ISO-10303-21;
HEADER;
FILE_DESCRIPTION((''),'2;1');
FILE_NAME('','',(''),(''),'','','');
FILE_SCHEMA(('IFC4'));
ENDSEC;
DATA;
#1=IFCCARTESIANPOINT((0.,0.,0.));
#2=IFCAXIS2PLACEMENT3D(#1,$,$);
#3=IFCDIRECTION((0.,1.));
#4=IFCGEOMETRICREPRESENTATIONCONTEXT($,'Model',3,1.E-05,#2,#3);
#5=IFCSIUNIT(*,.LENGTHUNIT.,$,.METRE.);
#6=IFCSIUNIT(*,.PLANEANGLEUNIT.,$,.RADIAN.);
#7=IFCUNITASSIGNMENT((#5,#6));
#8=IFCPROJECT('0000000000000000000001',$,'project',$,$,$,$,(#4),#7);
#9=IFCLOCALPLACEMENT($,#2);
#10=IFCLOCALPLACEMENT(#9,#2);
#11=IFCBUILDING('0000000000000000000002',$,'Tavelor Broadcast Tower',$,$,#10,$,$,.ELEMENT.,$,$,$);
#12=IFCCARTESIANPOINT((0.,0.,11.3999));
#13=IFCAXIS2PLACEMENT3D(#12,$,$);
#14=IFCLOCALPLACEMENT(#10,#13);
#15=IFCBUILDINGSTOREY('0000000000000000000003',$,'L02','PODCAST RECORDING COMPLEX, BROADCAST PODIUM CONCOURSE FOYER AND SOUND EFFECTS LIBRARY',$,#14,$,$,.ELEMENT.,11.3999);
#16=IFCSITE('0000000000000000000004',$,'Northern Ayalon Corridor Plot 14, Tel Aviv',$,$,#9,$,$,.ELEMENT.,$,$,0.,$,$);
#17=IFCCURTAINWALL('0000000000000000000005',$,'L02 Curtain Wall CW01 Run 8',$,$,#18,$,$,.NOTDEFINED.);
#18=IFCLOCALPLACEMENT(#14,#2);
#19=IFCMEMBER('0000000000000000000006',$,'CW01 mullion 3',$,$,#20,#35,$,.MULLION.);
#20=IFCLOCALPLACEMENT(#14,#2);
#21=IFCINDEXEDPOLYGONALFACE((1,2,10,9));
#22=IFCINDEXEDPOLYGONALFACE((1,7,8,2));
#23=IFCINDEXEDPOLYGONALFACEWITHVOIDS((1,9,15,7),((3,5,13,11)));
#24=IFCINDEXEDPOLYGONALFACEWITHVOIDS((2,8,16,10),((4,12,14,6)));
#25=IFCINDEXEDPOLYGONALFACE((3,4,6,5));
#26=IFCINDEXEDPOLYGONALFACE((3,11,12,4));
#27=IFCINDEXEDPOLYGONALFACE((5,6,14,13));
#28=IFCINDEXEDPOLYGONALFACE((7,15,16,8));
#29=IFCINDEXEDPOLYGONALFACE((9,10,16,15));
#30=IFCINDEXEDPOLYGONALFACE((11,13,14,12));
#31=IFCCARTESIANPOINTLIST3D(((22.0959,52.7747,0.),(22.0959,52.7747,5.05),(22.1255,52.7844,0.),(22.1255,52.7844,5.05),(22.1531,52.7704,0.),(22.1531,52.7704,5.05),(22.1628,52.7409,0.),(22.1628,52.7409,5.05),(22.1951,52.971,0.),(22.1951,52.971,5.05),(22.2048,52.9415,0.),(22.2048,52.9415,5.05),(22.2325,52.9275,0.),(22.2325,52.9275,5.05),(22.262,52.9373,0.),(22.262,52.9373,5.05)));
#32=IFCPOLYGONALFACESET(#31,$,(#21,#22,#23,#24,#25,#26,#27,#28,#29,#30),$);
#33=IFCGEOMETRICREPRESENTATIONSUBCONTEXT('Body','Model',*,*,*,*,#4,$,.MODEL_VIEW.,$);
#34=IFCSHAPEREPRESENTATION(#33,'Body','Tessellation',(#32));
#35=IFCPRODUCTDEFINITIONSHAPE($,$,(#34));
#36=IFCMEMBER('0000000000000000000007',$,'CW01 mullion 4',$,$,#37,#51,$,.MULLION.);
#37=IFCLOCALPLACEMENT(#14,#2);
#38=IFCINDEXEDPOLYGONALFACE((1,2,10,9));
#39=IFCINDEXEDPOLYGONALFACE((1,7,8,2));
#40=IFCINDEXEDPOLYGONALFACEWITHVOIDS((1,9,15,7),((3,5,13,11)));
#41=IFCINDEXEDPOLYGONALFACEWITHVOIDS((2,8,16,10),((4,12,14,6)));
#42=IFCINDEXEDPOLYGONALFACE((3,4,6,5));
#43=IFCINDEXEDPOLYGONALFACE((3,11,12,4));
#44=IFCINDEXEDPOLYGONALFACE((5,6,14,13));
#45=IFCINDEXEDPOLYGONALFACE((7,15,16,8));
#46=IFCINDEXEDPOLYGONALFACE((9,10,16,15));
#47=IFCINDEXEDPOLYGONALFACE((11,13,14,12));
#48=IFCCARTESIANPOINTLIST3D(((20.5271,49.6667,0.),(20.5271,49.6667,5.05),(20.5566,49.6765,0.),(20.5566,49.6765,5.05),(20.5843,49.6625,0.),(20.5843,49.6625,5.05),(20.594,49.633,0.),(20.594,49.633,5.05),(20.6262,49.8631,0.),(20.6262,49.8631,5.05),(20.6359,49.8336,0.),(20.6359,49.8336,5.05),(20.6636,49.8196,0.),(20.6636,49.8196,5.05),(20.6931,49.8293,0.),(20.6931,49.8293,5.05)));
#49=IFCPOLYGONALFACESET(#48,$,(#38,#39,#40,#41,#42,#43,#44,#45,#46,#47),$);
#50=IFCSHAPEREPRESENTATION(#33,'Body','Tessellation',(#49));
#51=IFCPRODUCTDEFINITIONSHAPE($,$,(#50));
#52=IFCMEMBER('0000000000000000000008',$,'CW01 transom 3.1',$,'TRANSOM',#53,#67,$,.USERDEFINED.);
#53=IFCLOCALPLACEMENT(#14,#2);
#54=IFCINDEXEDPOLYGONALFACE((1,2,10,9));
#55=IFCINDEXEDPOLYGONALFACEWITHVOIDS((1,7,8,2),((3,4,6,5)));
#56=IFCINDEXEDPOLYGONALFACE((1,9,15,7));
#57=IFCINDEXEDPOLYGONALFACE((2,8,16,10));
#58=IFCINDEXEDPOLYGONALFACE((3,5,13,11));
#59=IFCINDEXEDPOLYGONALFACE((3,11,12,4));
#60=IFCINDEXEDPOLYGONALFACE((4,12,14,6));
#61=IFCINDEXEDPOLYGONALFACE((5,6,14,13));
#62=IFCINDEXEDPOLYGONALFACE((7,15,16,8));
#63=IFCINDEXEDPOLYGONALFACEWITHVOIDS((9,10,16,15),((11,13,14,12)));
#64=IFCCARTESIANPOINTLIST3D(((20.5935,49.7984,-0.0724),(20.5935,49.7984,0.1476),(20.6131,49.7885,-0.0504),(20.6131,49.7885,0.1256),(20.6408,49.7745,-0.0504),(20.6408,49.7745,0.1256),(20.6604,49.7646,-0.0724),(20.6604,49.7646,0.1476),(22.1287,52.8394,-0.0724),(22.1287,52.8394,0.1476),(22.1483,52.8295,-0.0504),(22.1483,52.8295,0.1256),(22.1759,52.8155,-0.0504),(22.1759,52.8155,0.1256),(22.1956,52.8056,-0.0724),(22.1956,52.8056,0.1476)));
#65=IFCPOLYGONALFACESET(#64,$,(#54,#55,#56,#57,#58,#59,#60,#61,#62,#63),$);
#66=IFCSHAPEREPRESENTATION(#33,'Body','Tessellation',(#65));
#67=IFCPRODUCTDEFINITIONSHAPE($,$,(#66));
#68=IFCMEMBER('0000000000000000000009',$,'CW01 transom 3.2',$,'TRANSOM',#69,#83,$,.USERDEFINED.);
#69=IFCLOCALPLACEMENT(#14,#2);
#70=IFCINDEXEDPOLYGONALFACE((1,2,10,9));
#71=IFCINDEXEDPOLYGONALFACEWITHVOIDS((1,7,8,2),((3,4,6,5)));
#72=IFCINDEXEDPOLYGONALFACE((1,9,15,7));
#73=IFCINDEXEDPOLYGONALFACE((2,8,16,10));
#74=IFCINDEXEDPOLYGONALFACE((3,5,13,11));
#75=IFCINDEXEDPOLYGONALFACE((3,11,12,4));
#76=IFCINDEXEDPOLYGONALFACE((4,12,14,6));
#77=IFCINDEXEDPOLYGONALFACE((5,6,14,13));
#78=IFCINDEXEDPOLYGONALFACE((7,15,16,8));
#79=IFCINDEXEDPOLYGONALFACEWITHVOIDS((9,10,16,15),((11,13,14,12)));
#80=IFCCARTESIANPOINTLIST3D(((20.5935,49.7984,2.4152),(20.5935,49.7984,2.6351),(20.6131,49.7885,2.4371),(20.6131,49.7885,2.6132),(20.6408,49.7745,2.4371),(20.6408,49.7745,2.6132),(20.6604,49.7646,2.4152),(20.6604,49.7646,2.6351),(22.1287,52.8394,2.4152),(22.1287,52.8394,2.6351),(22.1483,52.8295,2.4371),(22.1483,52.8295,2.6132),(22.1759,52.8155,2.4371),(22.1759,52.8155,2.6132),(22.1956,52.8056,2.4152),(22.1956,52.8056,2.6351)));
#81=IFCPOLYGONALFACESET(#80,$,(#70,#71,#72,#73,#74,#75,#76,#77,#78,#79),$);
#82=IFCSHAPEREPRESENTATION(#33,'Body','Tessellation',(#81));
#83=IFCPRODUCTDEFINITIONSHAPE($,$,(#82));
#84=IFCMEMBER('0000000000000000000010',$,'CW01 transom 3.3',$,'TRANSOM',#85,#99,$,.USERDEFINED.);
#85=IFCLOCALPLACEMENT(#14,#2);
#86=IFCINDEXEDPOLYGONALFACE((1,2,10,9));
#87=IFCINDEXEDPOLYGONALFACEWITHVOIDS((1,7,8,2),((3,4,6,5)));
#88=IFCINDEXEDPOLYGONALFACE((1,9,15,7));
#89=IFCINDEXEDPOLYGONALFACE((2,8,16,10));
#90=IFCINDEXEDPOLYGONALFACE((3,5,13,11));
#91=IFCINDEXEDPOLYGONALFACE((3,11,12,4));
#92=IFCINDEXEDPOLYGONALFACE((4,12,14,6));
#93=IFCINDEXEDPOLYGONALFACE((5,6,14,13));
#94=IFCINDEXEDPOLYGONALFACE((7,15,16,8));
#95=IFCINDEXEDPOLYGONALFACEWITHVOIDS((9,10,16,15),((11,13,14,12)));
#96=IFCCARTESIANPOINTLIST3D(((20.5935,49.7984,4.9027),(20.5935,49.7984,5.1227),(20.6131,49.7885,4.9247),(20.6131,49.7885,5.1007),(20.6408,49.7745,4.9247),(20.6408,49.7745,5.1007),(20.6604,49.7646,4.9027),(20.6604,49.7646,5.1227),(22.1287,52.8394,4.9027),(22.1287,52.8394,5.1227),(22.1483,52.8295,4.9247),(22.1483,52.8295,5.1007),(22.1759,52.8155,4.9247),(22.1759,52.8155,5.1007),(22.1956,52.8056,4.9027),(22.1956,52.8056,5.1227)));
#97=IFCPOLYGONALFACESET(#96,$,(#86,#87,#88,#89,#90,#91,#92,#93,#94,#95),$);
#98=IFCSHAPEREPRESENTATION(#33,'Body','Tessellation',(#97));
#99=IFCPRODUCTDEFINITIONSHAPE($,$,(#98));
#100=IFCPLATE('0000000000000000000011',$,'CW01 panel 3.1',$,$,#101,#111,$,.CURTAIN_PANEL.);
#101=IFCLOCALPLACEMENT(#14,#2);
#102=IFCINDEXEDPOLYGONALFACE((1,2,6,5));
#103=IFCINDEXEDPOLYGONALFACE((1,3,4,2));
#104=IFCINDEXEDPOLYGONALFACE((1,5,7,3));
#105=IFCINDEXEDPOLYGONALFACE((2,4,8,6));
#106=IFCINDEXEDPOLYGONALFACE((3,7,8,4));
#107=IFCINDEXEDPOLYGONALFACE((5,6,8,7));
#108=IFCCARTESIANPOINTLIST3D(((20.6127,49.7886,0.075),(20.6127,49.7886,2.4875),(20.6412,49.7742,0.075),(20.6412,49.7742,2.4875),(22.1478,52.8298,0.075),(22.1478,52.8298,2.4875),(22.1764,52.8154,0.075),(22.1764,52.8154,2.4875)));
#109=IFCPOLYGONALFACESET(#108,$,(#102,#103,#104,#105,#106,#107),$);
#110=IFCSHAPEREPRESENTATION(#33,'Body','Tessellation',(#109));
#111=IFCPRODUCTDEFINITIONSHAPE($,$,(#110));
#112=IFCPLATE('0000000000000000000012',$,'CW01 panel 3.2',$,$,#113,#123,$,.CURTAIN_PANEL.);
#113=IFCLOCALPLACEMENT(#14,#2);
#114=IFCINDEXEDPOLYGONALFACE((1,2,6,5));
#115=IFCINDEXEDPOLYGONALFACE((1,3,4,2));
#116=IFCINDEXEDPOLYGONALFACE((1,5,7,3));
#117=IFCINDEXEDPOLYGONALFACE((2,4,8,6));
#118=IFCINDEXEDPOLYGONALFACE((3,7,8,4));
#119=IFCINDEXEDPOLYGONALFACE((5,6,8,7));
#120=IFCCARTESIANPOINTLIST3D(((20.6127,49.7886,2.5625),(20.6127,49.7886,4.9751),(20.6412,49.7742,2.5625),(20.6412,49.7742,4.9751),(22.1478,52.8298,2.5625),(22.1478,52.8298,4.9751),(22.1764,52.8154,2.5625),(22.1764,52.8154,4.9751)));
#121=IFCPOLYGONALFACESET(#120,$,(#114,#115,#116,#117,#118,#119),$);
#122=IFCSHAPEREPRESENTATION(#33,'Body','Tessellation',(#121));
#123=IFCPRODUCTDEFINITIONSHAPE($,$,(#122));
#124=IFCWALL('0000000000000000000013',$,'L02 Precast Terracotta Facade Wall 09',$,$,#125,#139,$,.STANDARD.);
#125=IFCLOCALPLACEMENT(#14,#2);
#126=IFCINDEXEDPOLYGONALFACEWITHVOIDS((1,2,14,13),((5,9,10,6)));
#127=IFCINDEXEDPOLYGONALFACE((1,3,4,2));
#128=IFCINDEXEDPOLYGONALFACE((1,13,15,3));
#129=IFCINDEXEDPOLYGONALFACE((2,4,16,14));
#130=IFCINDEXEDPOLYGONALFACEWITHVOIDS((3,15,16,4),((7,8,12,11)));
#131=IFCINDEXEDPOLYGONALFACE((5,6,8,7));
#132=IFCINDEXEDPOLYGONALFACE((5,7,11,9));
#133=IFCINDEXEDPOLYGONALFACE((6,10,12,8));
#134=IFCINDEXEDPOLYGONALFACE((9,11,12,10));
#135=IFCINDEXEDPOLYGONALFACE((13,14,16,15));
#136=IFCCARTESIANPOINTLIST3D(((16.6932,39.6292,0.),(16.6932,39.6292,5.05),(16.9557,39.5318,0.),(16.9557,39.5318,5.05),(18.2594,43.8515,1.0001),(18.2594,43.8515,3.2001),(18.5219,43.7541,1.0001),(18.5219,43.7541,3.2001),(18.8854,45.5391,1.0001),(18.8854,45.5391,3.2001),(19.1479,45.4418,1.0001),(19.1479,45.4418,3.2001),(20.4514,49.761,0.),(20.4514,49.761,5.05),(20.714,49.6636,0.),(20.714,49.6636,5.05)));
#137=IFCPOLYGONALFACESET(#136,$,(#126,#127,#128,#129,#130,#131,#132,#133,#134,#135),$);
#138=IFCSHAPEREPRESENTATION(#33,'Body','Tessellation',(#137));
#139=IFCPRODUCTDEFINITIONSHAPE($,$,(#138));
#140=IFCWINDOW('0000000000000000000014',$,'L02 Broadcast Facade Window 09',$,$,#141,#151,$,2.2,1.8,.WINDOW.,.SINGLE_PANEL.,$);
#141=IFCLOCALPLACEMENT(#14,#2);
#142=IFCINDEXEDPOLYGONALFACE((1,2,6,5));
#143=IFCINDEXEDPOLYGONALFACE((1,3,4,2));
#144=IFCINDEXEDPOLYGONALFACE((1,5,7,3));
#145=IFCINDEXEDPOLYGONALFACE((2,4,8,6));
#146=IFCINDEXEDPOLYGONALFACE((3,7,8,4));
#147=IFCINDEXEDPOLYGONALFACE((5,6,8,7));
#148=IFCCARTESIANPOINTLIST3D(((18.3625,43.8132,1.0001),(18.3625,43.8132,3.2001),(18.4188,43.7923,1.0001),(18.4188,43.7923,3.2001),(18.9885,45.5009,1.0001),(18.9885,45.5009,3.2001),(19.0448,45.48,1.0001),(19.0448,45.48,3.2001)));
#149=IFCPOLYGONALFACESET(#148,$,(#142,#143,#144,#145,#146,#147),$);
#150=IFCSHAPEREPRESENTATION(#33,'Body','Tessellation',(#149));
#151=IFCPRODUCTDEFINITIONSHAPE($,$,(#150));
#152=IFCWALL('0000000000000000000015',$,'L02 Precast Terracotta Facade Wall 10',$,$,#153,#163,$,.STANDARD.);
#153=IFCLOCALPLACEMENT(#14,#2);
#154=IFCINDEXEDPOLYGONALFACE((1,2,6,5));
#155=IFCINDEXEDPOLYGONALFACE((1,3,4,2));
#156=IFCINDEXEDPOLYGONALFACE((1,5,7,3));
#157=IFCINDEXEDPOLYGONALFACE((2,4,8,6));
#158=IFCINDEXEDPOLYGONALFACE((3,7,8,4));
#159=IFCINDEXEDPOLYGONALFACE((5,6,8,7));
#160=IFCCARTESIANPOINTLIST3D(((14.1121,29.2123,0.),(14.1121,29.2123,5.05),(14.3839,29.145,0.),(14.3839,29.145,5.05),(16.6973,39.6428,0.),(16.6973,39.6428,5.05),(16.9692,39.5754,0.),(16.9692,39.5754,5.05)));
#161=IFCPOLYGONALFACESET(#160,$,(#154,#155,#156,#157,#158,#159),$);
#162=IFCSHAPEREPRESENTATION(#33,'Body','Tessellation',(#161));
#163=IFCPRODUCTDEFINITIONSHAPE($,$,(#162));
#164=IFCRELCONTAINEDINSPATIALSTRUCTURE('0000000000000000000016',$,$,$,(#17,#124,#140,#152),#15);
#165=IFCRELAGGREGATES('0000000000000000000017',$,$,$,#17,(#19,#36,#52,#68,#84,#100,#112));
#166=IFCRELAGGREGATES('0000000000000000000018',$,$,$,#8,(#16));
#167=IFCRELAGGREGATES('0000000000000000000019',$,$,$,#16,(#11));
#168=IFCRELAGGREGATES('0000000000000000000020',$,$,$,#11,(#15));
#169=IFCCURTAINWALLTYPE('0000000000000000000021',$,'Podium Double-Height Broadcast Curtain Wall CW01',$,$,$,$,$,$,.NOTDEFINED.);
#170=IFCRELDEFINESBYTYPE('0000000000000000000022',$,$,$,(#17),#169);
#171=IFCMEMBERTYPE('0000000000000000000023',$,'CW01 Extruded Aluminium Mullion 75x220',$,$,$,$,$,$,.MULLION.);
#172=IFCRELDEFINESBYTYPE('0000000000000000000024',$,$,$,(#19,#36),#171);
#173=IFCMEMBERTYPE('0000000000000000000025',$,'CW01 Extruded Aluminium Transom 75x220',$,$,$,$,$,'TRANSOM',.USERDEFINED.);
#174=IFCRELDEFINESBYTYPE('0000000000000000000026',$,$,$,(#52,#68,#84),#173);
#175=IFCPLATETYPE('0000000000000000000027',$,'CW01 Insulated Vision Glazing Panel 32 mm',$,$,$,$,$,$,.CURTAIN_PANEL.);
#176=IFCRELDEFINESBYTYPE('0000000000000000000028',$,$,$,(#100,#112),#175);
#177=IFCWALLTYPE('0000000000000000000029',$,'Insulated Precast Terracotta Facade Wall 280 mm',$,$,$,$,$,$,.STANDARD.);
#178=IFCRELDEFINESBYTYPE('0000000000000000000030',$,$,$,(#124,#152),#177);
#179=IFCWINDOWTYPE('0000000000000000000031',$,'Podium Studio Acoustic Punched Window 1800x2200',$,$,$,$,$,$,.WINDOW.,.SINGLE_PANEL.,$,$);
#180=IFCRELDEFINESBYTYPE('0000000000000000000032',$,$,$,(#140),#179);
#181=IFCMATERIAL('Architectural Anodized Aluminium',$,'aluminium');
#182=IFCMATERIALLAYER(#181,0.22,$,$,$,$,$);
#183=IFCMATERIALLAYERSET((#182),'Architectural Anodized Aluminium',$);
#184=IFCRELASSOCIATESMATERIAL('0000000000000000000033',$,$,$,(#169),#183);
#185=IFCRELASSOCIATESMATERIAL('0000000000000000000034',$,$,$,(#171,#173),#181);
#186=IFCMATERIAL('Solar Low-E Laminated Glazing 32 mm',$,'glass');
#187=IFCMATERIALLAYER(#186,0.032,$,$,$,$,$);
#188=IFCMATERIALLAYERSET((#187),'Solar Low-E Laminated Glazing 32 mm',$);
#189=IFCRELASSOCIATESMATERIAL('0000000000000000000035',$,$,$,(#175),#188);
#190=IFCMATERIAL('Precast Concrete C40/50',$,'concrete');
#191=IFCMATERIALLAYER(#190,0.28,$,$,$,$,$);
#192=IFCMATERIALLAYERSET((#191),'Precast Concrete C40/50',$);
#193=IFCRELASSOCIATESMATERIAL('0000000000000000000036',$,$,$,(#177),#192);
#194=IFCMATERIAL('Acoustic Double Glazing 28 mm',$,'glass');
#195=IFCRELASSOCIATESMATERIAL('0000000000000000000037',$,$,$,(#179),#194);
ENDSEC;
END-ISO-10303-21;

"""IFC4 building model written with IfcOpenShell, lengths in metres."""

from ifc_helpers import new_model, si_unit, direction, frame, frame_2d, origin, origin_2d, place, context, subcontext, project, spatial, rectangle, hollow_rectangle, extrude, source, transform, mapped, material, layer, layer_set, material_profile, profile_set, type_object, type_shapes, element, fill, aggregate, save


model = new_model("IFC4")

# Units and contexts
model_context = context("Model", 3, precision=1e-05, world=origin(), true_north=direction((0.0, 1.0)))
body_context = subcontext(model_context, "Body", "Model", "MODEL_VIEW")
ifc_project = project(units=[si_unit("LENGTHUNIT", "METRE"), si_unit("PLANEANGLEUNIT", "RADIAN")], contexts=[model_context])

# Site, building, storey
site_placement = place(None, origin())
site = spatial("IfcSite", under=ifc_project, at=site_placement, Name="Northern Ayalon Corridor Plot 14, Tel Aviv", CompositionType="ELEMENT", RefElevation=0.0)
building_placement = place(site_placement, origin())
building = spatial("IfcBuilding", under=site, at=building_placement, Name="Tavelor Broadcast Tower", CompositionType="ELEMENT")
storey_placement = place(building_placement, frame((0.0, 0.0, 11.3999)))
storey = spatial("IfcBuildingStorey", under=building, at=storey_placement, Name="L02", Description="PODCAST RECORDING COMPLEX, BROADCAST PODIUM CONCOURSE FOYER AND SOUND EFFECTS LIBRARY", CompositionType="ELEMENT", Elevation=11.3999)

# Curtain wall, members, plates
ifc_material_1 = material(Name="Architectural Anodized Aluminium", Category="aluminium")
ifc_layer_1 = layer(ifc_material_1, 0.22)
ifc_layer_set_1 = layer_set([ifc_layer_1], Name="Architectural Anodized Aluminium")
curtain_wall_type = type_object("IfcCurtainWallType", Name="Podium Double-Height Broadcast Curtain Wall CW01", PredefinedType="NOTDEFINED", material=ifc_layer_set_1)
curtain_wall_placement = place(storey_placement, origin())
curtain_wall = element("IfcCurtainWall", 1, at=curtain_wall_placement, inside=storey, type_object=curtain_wall_type, Name="L02 Curtain Wall CW01 Run 8", PredefinedType="NOTDEFINED")
ifc_material_profile_1 = material_profile(ifc_material_1, hollow_rectangle(XDim=0.075, YDim=0.22, WallThickness=0.022, at=origin_2d()), Name="RHS 75x220x22")
ifc_profile_set_1 = profile_set([ifc_material_profile_1], Name="Architectural Anodized Aluminium")
member_type_1 = type_object("IfcMemberType", Name="CW01 Extruded Aluminium Mullion 75x220", PredefinedType="MULLION", material=ifc_profile_set_1)
shared_shape_1 = source(origin(), body_context, "Body", "SweptSolid", [
    extrude(hollow_rectangle(XDim=0.075, YDim=0.22, WallThickness=0.022, at=origin_2d()), origin(), (0.0, 0.0, 1.0), 5.05),
])
type_shapes(member_type_1, [shared_shape_1])
member_1_placement = place(storey_placement, frame((22.179, 52.856, 0.0), z_axis=(0.0, 0.0, 1.0), x_axis=(0.892714, -0.450624, 0.0)))
member_1 = element("IfcMember", 2, at=member_1_placement, type_object=member_type_1, Name="CW01 mullion 3", PredefinedType="MULLION", context=body_context, shape_type="MappedRepresentation", body=[
    mapped(shared_shape_1, transform((0.0, 0.0, 0.0), scale=1.0)),
])
member_2_placement = place(storey_placement, frame((20.6101, 49.748, 0.0), z_axis=(0.0, 0.0, 1.0), x_axis=(0.892714, -0.450624, 0.0)))
member_2 = element("IfcMember", 3, at=member_2_placement, type_object=member_type_1, Name="CW01 mullion 4", PredefinedType="MULLION", context=body_context, shape_type="MappedRepresentation", body=[
    mapped(shared_shape_1, transform((0.0, 0.0, 0.0), scale=1.0)),
])
ifc_material_profile_2 = material_profile(ifc_material_1, hollow_rectangle(XDim=0.075, YDim=0.22, WallThickness=0.022, at=origin_2d()), Name="RHS 75x220x22")
ifc_profile_set_2 = profile_set([ifc_material_profile_2], Name="Architectural Anodized Aluminium")
member_type_2 = type_object("IfcMemberType", Name="CW01 Extruded Aluminium Transom 75x220", ElementType="TRANSOM", PredefinedType="USERDEFINED", material=ifc_profile_set_2)
shared_shape_2 = source(origin(), body_context, "Body", "SweptSolid", [
    extrude(hollow_rectangle(XDim=0.075, YDim=0.22, WallThickness=0.022, at=origin_2d()), origin(), (0.0, 0.0, 1.0), 3.4065),
])
type_shapes(member_type_2, [shared_shape_2])
member_3_placement = place(storey_placement, frame((22.1621, 52.8225, 0.0376), z_axis=(-0.45065, -0.892701, 0.0), x_axis=(0.892701, -0.45065, 0.0)))
member_3 = element("IfcMember", 4, at=member_3_placement, type_object=member_type_2, Name="CW01 transom 3.1", ObjectType="TRANSOM", PredefinedType="USERDEFINED", context=body_context, shape_type="MappedRepresentation", body=[
    mapped(shared_shape_2, transform((0.0, 0.0, 0.0), scale=1.0)),
])
member_4_placement = place(storey_placement, frame((22.1621, 52.8225, 2.5251), z_axis=(-0.45065, -0.892701, 0.0), x_axis=(0.892701, -0.45065, 0.0)))
member_4 = element("IfcMember", 5, at=member_4_placement, type_object=member_type_2, Name="CW01 transom 3.2", ObjectType="TRANSOM", PredefinedType="USERDEFINED", context=body_context, shape_type="MappedRepresentation", body=[
    mapped(shared_shape_2, transform((0.0, 0.0, 0.0), scale=1.0)),
])
member_5_placement = place(storey_placement, frame((22.1621, 52.8225, 5.0127), z_axis=(-0.45065, -0.892701, 0.0), x_axis=(0.892701, -0.45065, 0.0)))
member_5 = element("IfcMember", 6, at=member_5_placement, type_object=member_type_2, Name="CW01 transom 3.3", ObjectType="TRANSOM", PredefinedType="USERDEFINED", context=body_context, shape_type="MappedRepresentation", body=[
    mapped(shared_shape_2, transform((0.0, 0.0, 0.0), scale=1.0)),
])
ifc_material_2 = material(Name="Solar Low-E Laminated Glazing 32 mm", Category="glass")
ifc_layer_2 = layer(ifc_material_2, 0.032)
ifc_layer_set_2 = layer_set([ifc_layer_2], Name="Solar Low-E Laminated Glazing 32 mm")
plate_type = type_object("IfcPlateType", Name="CW01 Insulated Vision Glazing Panel 32 mm", PredefinedType="CURTAIN_PANEL", material=ifc_layer_set_2)
shared_shape_3 = source(origin(), body_context, "Body", "SweptSolid", [
    extrude(rectangle(XDim=3.4067, YDim=0.032, at=origin_2d()), origin(), (0.0, 0.0, 1.0), 2.4126),
])
type_shapes(plate_type, [shared_shape_3])
plate_1_placement = place(storey_placement, frame((21.3945, 51.302, 0.075), z_axis=(0.0, 0.0, 1.0), x_axis=(-0.450624, -0.892714, 0.0)))
plate_1 = element("IfcPlate", 7, at=plate_1_placement, type_object=plate_type, Name="CW01 panel 3.1", PredefinedType="CURTAIN_PANEL", context=body_context, shape_type="MappedRepresentation", body=[
    mapped(shared_shape_3, transform((0.0, 0.0, 0.0), scale=1.0)),
])
plate_2_placement = place(storey_placement, frame((21.3945, 51.302, 2.5625), z_axis=(0.0, 0.0, 1.0), x_axis=(-0.450624, -0.892714, 0.0)))
plate_2 = element("IfcPlate", 8, at=plate_2_placement, type_object=plate_type, Name="CW01 panel 3.2", PredefinedType="CURTAIN_PANEL", context=body_context, shape_type="MappedRepresentation", body=[
    mapped(shared_shape_3, transform((0.0, 0.0, 0.0), scale=1.0)),
])
aggregate(curtain_wall, [member_1, member_2, member_3, member_4, member_5, plate_1, plate_2])

# Wall, opening, window
ifc_material_3 = material(Name="Precast Concrete C40/50", Category="concrete")
ifc_layer_3 = layer(ifc_material_3, 0.28)
ifc_layer_set_3 = layer_set([ifc_layer_3], Name="Precast Concrete C40/50")
wall_type = type_object("IfcWallType", Name="Insulated Precast Terracotta Facade Wall 280 mm", PredefinedType="STANDARD", material=ifc_layer_set_3)
wall_1_placement = place(storey_placement, frame((20.5828, 49.7124, 0.0), z_axis=(0.0, 0.0, 1.0), x_axis=(-0.347784, -0.937575, 0.0)))
wall_1 = element("IfcWall", 9, at=wall_1_placement, inside=storey, type_object=wall_type, Name="L02 Precast Terracotta Facade Wall 09", PredefinedType="STANDARD", context=body_context, shape_type="SweptSolid", body=[
    extrude(rectangle(XDim=10.8064, YDim=0.28, at=frame_2d((5.4033, 0.0))), origin(), (0.0, 0.0, 1.0), 5.05),
])
opening_placement = place(wall_1_placement, frame((4.5032, 0.0, 1.0)))
opening = element("IfcOpeningElement", 10, at=opening_placement, cuts=wall_1, PredefinedType="OPENING", context=body_context, shape_type="SweptSolid", body=[
    extrude(rectangle(XDim=1.8, YDim=2.2, at=frame_2d((0.8999, 1.1001))), frame((0.0, 0.1499, 0.0), z_axis=(0.0, -1.0, 0.0), x_axis=(1.0, 0.0, 0.0)), (0.0, 0.0, 1.0), 0.3),
])
ifc_material_4 = material(Name="Acoustic Double Glazing 28 mm", Category="glass")
window_type = type_object("IfcWindowType", Name="Podium Studio Acoustic Punched Window 1800x2200", PartitioningType="SINGLE_PANEL", PredefinedType="WINDOW", material=ifc_material_4)
window_placement = place(opening_placement, origin())
window = element("IfcWindow", 11, at=window_placement, inside=storey, type_object=window_type, Name="L02 Broadcast Facade Window 09", OverallHeight=2.2, OverallWidth=1.8, PartitioningType="SINGLE_PANEL", PredefinedType="WINDOW", context=body_context, shape_type="SweptSolid", body=[
    extrude(rectangle(XDim=1.8, YDim=2.2, at=frame_2d((0.8999, 1.1001))), frame((0.0, 0.03, 0.0), z_axis=(0.0, -1.0, 0.0), x_axis=(1.0, 0.0, 0.0)), (0.0, 0.0, 1.0), 0.0601),
])
fill(opening, window)

# Wall
wall_2_placement = place(storey_placement, frame((16.8333, 39.6091, 0.0), z_axis=(0.0, 0.0, 1.0), x_axis=(-0.240573, -0.970631, 0.0)))
element("IfcWall", 12, at=wall_2_placement, inside=storey, type_object=wall_type, Name="L02 Precast Terracotta Facade Wall 10", PredefinedType="STANDARD", context=body_context, shape_type="SweptSolid", body=[
    extrude(rectangle(XDim=10.7461, YDim=0.28, at=frame_2d((5.373, 0.0))), origin(), (0.0, 0.0, 1.0), 5.05),
])

save(model, "model.ifc")
